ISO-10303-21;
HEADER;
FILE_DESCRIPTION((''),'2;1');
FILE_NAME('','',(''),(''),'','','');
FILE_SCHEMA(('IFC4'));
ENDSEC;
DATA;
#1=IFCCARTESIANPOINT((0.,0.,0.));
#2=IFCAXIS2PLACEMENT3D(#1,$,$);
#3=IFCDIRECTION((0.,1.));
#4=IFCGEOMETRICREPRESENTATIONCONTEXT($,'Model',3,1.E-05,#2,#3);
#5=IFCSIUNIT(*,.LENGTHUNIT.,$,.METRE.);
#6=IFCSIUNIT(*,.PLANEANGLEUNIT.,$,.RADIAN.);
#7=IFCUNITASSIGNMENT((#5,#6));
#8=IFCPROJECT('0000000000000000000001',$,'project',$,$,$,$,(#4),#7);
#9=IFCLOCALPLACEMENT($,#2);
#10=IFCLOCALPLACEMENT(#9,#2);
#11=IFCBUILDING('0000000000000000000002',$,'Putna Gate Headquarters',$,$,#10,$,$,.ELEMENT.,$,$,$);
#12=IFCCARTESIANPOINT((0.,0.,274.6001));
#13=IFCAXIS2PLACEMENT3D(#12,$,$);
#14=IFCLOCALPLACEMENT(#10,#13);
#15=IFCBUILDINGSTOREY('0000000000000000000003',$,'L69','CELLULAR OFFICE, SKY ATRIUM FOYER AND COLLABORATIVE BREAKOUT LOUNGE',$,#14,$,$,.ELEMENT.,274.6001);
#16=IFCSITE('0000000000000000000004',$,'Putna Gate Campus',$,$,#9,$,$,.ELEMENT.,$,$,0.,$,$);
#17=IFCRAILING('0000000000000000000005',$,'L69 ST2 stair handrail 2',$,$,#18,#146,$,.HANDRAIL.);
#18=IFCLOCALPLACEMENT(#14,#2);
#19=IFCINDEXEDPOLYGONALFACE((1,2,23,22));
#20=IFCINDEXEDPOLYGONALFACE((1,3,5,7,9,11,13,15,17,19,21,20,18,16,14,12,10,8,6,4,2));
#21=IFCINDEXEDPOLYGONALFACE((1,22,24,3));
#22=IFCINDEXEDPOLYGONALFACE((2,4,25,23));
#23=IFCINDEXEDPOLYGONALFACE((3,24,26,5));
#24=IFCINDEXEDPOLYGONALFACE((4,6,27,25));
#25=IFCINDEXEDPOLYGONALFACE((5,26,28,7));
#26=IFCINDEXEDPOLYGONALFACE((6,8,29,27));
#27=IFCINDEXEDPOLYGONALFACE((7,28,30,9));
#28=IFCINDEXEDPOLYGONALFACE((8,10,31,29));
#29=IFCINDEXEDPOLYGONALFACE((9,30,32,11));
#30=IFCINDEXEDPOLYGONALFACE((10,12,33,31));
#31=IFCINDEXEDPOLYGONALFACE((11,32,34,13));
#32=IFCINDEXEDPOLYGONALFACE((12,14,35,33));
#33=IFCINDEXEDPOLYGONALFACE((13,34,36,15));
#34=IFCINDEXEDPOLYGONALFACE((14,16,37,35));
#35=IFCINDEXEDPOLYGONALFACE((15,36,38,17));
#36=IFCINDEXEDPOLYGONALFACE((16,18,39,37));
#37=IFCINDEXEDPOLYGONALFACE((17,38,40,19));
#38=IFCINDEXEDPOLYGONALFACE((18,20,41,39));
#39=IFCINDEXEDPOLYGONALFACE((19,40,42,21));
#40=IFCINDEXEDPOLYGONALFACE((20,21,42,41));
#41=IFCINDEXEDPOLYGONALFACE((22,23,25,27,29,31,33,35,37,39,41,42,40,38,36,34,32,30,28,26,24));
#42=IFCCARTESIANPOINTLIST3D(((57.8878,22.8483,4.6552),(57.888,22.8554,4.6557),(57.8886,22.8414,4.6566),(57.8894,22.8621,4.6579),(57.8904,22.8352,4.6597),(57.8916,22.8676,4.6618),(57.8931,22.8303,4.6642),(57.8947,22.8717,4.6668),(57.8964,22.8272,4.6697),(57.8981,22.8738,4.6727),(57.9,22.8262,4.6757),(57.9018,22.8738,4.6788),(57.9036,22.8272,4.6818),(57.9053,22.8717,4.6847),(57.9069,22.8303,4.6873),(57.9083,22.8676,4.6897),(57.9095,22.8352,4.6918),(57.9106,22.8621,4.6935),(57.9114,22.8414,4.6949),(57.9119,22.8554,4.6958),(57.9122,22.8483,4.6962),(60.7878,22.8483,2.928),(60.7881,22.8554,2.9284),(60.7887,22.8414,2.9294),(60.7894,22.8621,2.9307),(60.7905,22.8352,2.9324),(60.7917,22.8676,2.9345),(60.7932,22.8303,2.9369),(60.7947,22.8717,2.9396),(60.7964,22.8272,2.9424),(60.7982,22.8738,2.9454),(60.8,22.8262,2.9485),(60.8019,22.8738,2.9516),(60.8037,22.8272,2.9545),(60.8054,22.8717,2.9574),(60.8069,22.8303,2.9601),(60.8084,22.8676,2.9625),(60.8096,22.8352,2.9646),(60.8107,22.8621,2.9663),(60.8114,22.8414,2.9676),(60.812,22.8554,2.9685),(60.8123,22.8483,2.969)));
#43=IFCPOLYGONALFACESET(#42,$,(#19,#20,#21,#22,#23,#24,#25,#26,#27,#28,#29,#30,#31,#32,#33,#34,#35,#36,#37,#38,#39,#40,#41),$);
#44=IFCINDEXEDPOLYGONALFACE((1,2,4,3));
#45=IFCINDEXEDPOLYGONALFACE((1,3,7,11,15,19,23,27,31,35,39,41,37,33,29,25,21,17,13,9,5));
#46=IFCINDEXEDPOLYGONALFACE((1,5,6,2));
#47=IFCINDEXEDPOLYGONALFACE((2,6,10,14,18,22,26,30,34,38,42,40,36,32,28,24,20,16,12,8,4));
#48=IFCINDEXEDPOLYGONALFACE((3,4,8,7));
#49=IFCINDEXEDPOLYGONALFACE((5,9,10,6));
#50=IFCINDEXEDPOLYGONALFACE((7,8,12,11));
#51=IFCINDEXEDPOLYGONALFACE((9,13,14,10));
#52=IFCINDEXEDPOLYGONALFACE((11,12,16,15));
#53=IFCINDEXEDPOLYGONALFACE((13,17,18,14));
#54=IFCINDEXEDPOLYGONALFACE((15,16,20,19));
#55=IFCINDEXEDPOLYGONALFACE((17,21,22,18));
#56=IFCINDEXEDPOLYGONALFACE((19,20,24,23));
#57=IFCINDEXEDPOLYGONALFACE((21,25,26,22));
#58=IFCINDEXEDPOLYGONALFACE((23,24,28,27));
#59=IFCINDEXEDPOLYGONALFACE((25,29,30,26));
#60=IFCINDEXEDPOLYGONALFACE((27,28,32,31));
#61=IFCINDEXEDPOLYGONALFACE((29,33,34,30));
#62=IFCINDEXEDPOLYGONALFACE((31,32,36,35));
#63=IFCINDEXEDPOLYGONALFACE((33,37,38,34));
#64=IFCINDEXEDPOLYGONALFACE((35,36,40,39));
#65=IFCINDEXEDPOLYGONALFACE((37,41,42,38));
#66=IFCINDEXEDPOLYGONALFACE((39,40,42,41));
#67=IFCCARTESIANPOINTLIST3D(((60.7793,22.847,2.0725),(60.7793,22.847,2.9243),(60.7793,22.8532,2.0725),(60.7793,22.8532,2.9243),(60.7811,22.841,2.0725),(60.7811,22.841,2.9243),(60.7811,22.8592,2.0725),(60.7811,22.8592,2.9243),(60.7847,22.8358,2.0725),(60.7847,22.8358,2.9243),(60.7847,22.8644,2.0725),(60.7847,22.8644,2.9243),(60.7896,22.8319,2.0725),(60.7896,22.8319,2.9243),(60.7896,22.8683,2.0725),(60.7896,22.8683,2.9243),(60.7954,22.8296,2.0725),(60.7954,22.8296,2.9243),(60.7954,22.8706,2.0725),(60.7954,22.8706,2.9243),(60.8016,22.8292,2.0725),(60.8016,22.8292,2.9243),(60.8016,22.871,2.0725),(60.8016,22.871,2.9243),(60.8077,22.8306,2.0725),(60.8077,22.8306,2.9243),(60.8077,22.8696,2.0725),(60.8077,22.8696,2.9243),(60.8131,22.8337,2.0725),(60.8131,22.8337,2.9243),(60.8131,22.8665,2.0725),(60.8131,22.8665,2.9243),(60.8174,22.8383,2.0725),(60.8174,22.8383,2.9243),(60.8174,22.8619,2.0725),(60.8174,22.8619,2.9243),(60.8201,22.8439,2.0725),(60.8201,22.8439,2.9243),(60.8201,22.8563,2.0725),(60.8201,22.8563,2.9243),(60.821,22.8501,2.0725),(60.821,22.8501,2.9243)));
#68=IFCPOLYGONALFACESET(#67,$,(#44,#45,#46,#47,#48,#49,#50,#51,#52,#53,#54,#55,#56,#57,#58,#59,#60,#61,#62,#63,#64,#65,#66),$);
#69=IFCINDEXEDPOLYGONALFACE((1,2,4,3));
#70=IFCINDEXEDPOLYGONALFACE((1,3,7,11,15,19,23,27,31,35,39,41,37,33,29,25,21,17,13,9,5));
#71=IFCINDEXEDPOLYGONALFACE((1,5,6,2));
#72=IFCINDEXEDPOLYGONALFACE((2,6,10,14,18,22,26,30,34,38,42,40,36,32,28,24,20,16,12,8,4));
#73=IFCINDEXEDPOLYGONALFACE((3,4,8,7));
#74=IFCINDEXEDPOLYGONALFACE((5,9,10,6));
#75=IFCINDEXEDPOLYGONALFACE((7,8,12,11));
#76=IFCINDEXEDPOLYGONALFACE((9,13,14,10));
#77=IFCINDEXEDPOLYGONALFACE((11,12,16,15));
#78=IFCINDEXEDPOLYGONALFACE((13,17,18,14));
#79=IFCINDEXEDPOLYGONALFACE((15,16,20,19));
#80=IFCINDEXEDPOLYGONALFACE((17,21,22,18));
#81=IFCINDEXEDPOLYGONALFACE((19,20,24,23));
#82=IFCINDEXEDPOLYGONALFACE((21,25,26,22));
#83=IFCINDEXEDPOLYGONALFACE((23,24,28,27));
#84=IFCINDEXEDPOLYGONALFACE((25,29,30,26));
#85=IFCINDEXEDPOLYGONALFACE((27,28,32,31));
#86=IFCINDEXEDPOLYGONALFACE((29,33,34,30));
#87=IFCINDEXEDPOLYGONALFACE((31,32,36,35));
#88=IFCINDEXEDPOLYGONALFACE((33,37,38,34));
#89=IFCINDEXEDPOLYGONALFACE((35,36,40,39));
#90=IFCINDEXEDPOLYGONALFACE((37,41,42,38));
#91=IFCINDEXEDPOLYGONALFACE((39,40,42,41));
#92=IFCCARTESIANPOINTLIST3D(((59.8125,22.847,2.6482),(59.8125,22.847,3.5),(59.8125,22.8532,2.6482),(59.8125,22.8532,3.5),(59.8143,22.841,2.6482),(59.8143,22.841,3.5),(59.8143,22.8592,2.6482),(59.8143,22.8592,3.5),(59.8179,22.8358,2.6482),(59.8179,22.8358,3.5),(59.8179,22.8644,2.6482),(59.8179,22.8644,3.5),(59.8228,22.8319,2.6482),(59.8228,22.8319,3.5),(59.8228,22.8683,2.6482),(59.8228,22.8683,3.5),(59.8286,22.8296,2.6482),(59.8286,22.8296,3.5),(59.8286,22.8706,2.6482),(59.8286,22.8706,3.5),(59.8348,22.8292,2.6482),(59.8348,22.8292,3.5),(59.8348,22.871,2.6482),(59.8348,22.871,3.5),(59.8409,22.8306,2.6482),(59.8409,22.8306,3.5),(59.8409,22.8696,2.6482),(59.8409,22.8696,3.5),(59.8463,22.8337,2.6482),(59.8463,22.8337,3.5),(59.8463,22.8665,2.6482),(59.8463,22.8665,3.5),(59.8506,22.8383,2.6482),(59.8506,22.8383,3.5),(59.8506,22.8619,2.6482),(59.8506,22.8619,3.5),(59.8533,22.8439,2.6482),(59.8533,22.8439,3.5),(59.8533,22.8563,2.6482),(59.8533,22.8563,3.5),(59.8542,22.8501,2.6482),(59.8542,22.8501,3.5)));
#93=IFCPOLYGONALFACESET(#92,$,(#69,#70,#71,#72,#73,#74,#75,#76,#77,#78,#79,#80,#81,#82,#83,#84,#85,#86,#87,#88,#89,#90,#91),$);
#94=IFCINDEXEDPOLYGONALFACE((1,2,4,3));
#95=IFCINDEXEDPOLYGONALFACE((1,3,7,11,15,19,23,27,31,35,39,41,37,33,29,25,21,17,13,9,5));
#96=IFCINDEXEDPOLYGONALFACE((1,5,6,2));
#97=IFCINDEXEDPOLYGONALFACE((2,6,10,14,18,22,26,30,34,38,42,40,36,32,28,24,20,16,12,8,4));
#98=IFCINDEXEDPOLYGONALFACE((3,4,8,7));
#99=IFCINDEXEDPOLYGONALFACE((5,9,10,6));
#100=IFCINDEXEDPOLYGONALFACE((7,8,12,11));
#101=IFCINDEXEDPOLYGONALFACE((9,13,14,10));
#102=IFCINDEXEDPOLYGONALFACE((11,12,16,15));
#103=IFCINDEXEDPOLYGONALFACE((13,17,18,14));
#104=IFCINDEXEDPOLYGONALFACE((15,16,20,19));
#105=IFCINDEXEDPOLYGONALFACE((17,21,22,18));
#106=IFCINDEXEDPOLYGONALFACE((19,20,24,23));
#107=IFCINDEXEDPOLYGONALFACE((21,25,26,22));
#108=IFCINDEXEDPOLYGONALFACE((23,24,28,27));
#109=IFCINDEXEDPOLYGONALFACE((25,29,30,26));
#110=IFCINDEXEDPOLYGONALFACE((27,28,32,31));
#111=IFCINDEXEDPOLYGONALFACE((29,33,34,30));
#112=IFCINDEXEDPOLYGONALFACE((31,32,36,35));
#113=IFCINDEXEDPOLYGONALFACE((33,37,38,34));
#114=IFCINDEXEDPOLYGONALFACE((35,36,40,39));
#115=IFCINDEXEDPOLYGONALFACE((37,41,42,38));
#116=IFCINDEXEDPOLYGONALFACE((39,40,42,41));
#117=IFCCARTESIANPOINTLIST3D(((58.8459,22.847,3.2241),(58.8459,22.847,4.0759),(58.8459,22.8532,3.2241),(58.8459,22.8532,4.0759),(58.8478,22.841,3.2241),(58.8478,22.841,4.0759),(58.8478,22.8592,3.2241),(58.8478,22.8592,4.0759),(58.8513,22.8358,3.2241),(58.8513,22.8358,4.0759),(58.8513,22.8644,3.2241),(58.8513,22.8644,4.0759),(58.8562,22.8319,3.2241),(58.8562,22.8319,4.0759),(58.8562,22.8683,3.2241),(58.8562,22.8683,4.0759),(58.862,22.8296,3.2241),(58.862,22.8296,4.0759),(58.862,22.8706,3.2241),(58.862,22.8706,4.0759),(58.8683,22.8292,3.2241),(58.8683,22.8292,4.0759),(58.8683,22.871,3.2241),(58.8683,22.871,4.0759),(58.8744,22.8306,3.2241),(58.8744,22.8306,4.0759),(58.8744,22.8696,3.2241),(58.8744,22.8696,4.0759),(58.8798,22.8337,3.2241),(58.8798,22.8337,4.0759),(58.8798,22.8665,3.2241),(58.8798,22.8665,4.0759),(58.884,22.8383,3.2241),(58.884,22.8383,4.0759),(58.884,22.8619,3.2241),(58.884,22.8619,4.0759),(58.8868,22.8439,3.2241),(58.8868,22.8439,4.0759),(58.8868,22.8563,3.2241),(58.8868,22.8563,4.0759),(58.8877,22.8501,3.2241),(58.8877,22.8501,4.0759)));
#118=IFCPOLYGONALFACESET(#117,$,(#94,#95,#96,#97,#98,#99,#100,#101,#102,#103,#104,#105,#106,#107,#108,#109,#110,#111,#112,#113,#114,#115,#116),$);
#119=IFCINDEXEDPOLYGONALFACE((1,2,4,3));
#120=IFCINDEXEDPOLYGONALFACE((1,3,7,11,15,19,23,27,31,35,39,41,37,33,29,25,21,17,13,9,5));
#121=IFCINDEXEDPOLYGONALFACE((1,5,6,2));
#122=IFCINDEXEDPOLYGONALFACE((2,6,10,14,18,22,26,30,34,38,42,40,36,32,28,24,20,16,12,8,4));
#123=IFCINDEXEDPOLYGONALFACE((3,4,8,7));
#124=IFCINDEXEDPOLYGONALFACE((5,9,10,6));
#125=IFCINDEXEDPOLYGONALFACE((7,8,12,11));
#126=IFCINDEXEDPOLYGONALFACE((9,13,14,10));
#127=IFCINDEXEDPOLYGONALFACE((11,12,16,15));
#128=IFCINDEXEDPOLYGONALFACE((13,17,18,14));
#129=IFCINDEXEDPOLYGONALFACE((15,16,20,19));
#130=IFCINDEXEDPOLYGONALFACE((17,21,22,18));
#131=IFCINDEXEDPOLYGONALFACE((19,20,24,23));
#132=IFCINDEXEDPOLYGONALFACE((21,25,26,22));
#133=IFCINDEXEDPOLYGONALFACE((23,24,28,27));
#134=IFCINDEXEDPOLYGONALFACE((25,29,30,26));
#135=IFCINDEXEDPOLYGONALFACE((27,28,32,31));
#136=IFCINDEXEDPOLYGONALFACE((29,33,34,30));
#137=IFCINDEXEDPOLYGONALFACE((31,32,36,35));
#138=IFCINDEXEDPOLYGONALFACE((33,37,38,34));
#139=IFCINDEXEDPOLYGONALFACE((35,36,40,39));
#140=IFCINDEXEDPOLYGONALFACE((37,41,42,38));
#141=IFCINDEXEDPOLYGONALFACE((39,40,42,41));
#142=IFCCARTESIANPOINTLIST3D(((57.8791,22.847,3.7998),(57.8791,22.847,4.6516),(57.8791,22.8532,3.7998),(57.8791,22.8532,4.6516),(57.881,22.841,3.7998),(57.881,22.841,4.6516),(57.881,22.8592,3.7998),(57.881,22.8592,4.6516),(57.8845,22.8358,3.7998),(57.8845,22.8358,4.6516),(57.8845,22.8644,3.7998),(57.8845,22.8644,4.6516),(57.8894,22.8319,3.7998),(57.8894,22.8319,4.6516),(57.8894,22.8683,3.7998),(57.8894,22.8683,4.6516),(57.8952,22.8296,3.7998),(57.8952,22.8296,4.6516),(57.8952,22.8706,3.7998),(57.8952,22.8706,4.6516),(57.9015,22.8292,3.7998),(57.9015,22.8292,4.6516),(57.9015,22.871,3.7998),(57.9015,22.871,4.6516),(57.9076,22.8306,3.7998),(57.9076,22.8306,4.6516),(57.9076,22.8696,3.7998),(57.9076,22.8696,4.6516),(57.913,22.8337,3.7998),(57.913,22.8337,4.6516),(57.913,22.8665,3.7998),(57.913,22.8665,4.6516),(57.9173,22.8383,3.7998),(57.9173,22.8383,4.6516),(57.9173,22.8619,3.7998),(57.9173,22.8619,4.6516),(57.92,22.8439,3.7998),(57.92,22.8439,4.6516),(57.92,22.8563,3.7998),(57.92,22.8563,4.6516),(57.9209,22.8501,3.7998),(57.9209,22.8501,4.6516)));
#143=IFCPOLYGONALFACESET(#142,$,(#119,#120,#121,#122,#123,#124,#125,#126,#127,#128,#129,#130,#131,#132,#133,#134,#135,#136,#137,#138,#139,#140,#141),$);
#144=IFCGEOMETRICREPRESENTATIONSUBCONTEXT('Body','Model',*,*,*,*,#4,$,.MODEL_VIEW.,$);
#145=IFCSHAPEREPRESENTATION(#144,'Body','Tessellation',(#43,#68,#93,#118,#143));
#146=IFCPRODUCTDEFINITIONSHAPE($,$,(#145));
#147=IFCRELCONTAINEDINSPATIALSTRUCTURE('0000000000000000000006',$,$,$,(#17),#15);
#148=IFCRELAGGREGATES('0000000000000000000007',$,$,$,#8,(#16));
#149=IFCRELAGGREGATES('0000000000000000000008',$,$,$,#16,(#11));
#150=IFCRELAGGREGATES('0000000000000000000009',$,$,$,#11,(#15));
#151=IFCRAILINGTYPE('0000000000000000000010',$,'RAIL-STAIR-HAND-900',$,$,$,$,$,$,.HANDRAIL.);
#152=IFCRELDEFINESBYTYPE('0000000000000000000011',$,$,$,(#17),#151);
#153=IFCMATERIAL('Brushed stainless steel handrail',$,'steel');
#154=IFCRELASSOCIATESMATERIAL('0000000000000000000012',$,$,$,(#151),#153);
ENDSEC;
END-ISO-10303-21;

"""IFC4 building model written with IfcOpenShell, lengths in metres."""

from ifc_helpers import new_model, si_unit, direction, frame, origin, origin_2d, place, context, subcontext, project, spatial, circle, extrude, material, type_object, element, save


model = new_model("IFC4")

# Units and contexts
model_context = context("Model", 3, precision=1e-05, world=origin(), true_north=direction((0.0, 1.0)))
body_context = subcontext(model_context, "Body", "Model", "MODEL_VIEW")
ifc_project = project(units=[si_unit("LENGTHUNIT", "METRE"), si_unit("PLANEANGLEUNIT", "RADIAN")], contexts=[model_context])

# Site, building, storey
site_placement = place(None, origin())
site = spatial("IfcSite", under=ifc_project, at=site_placement, Name="Putna Gate Campus", CompositionType="ELEMENT", RefElevation=0.0)
building_placement = place(site_placement, origin())
building = spatial("IfcBuilding", under=site, at=building_placement, Name="Putna Gate Headquarters", CompositionType="ELEMENT")
storey_placement = place(building_placement, frame((0.0, 0.0, 274.6001)))
storey = spatial("IfcBuildingStorey", under=building, at=storey_placement, Name="L69", Description="CELLULAR OFFICE, SKY ATRIUM FOYER AND COLLABORATIVE BREAKOUT LOUNGE", CompositionType="ELEMENT", Elevation=274.6001)

# Railing
ifc_material_1 = material(Name="Brushed stainless steel handrail", Category="steel")
railing_type_1 = type_object("IfcRailingType", Name="RAIL-STAIR-HAND-900", PredefinedType="HANDRAIL", material=ifc_material_1)
railing_1_placement = place(storey_placement, frame((60.8, 22.8501, 2.0725)))
element("IfcRailing", 1, at=railing_1_placement, inside=storey, type_object=railing_type_1, Name="L69 ST2 stair handrail 2", PredefinedType="HANDRAIL", context=body_context, shape_type="SweptSolid", body=[
    extrude(circle(Radius=0.0239, at=origin_2d()), frame((0.0, 0.0, 0.876), z_axis=(-0.85916, 0.0, 0.511706), x_axis=(0.0, -1.0, 0.0)), (0.0, 0.0, 1.0), 3.3755),
    extrude(circle(Radius=0.021, at=origin_2d()), origin(), (0.0, 0.0, 1.0), 0.8518),
    extrude(circle(Radius=0.021, at=origin_2d()), frame((-0.9668, 0.0, 0.5757)), (0.0, 0.0, 1.0), 0.8518),
    extrude(circle(Radius=0.021, at=origin_2d()), frame((-1.9333, 0.0, 1.1516)), (0.0, 0.0, 1.0), 0.8518),
    extrude(circle(Radius=0.021, at=origin_2d()), frame((-2.9001, 0.0, 1.7273)), (0.0, 0.0, 1.0), 0.8518),
])

save(model, "model.ifc")
